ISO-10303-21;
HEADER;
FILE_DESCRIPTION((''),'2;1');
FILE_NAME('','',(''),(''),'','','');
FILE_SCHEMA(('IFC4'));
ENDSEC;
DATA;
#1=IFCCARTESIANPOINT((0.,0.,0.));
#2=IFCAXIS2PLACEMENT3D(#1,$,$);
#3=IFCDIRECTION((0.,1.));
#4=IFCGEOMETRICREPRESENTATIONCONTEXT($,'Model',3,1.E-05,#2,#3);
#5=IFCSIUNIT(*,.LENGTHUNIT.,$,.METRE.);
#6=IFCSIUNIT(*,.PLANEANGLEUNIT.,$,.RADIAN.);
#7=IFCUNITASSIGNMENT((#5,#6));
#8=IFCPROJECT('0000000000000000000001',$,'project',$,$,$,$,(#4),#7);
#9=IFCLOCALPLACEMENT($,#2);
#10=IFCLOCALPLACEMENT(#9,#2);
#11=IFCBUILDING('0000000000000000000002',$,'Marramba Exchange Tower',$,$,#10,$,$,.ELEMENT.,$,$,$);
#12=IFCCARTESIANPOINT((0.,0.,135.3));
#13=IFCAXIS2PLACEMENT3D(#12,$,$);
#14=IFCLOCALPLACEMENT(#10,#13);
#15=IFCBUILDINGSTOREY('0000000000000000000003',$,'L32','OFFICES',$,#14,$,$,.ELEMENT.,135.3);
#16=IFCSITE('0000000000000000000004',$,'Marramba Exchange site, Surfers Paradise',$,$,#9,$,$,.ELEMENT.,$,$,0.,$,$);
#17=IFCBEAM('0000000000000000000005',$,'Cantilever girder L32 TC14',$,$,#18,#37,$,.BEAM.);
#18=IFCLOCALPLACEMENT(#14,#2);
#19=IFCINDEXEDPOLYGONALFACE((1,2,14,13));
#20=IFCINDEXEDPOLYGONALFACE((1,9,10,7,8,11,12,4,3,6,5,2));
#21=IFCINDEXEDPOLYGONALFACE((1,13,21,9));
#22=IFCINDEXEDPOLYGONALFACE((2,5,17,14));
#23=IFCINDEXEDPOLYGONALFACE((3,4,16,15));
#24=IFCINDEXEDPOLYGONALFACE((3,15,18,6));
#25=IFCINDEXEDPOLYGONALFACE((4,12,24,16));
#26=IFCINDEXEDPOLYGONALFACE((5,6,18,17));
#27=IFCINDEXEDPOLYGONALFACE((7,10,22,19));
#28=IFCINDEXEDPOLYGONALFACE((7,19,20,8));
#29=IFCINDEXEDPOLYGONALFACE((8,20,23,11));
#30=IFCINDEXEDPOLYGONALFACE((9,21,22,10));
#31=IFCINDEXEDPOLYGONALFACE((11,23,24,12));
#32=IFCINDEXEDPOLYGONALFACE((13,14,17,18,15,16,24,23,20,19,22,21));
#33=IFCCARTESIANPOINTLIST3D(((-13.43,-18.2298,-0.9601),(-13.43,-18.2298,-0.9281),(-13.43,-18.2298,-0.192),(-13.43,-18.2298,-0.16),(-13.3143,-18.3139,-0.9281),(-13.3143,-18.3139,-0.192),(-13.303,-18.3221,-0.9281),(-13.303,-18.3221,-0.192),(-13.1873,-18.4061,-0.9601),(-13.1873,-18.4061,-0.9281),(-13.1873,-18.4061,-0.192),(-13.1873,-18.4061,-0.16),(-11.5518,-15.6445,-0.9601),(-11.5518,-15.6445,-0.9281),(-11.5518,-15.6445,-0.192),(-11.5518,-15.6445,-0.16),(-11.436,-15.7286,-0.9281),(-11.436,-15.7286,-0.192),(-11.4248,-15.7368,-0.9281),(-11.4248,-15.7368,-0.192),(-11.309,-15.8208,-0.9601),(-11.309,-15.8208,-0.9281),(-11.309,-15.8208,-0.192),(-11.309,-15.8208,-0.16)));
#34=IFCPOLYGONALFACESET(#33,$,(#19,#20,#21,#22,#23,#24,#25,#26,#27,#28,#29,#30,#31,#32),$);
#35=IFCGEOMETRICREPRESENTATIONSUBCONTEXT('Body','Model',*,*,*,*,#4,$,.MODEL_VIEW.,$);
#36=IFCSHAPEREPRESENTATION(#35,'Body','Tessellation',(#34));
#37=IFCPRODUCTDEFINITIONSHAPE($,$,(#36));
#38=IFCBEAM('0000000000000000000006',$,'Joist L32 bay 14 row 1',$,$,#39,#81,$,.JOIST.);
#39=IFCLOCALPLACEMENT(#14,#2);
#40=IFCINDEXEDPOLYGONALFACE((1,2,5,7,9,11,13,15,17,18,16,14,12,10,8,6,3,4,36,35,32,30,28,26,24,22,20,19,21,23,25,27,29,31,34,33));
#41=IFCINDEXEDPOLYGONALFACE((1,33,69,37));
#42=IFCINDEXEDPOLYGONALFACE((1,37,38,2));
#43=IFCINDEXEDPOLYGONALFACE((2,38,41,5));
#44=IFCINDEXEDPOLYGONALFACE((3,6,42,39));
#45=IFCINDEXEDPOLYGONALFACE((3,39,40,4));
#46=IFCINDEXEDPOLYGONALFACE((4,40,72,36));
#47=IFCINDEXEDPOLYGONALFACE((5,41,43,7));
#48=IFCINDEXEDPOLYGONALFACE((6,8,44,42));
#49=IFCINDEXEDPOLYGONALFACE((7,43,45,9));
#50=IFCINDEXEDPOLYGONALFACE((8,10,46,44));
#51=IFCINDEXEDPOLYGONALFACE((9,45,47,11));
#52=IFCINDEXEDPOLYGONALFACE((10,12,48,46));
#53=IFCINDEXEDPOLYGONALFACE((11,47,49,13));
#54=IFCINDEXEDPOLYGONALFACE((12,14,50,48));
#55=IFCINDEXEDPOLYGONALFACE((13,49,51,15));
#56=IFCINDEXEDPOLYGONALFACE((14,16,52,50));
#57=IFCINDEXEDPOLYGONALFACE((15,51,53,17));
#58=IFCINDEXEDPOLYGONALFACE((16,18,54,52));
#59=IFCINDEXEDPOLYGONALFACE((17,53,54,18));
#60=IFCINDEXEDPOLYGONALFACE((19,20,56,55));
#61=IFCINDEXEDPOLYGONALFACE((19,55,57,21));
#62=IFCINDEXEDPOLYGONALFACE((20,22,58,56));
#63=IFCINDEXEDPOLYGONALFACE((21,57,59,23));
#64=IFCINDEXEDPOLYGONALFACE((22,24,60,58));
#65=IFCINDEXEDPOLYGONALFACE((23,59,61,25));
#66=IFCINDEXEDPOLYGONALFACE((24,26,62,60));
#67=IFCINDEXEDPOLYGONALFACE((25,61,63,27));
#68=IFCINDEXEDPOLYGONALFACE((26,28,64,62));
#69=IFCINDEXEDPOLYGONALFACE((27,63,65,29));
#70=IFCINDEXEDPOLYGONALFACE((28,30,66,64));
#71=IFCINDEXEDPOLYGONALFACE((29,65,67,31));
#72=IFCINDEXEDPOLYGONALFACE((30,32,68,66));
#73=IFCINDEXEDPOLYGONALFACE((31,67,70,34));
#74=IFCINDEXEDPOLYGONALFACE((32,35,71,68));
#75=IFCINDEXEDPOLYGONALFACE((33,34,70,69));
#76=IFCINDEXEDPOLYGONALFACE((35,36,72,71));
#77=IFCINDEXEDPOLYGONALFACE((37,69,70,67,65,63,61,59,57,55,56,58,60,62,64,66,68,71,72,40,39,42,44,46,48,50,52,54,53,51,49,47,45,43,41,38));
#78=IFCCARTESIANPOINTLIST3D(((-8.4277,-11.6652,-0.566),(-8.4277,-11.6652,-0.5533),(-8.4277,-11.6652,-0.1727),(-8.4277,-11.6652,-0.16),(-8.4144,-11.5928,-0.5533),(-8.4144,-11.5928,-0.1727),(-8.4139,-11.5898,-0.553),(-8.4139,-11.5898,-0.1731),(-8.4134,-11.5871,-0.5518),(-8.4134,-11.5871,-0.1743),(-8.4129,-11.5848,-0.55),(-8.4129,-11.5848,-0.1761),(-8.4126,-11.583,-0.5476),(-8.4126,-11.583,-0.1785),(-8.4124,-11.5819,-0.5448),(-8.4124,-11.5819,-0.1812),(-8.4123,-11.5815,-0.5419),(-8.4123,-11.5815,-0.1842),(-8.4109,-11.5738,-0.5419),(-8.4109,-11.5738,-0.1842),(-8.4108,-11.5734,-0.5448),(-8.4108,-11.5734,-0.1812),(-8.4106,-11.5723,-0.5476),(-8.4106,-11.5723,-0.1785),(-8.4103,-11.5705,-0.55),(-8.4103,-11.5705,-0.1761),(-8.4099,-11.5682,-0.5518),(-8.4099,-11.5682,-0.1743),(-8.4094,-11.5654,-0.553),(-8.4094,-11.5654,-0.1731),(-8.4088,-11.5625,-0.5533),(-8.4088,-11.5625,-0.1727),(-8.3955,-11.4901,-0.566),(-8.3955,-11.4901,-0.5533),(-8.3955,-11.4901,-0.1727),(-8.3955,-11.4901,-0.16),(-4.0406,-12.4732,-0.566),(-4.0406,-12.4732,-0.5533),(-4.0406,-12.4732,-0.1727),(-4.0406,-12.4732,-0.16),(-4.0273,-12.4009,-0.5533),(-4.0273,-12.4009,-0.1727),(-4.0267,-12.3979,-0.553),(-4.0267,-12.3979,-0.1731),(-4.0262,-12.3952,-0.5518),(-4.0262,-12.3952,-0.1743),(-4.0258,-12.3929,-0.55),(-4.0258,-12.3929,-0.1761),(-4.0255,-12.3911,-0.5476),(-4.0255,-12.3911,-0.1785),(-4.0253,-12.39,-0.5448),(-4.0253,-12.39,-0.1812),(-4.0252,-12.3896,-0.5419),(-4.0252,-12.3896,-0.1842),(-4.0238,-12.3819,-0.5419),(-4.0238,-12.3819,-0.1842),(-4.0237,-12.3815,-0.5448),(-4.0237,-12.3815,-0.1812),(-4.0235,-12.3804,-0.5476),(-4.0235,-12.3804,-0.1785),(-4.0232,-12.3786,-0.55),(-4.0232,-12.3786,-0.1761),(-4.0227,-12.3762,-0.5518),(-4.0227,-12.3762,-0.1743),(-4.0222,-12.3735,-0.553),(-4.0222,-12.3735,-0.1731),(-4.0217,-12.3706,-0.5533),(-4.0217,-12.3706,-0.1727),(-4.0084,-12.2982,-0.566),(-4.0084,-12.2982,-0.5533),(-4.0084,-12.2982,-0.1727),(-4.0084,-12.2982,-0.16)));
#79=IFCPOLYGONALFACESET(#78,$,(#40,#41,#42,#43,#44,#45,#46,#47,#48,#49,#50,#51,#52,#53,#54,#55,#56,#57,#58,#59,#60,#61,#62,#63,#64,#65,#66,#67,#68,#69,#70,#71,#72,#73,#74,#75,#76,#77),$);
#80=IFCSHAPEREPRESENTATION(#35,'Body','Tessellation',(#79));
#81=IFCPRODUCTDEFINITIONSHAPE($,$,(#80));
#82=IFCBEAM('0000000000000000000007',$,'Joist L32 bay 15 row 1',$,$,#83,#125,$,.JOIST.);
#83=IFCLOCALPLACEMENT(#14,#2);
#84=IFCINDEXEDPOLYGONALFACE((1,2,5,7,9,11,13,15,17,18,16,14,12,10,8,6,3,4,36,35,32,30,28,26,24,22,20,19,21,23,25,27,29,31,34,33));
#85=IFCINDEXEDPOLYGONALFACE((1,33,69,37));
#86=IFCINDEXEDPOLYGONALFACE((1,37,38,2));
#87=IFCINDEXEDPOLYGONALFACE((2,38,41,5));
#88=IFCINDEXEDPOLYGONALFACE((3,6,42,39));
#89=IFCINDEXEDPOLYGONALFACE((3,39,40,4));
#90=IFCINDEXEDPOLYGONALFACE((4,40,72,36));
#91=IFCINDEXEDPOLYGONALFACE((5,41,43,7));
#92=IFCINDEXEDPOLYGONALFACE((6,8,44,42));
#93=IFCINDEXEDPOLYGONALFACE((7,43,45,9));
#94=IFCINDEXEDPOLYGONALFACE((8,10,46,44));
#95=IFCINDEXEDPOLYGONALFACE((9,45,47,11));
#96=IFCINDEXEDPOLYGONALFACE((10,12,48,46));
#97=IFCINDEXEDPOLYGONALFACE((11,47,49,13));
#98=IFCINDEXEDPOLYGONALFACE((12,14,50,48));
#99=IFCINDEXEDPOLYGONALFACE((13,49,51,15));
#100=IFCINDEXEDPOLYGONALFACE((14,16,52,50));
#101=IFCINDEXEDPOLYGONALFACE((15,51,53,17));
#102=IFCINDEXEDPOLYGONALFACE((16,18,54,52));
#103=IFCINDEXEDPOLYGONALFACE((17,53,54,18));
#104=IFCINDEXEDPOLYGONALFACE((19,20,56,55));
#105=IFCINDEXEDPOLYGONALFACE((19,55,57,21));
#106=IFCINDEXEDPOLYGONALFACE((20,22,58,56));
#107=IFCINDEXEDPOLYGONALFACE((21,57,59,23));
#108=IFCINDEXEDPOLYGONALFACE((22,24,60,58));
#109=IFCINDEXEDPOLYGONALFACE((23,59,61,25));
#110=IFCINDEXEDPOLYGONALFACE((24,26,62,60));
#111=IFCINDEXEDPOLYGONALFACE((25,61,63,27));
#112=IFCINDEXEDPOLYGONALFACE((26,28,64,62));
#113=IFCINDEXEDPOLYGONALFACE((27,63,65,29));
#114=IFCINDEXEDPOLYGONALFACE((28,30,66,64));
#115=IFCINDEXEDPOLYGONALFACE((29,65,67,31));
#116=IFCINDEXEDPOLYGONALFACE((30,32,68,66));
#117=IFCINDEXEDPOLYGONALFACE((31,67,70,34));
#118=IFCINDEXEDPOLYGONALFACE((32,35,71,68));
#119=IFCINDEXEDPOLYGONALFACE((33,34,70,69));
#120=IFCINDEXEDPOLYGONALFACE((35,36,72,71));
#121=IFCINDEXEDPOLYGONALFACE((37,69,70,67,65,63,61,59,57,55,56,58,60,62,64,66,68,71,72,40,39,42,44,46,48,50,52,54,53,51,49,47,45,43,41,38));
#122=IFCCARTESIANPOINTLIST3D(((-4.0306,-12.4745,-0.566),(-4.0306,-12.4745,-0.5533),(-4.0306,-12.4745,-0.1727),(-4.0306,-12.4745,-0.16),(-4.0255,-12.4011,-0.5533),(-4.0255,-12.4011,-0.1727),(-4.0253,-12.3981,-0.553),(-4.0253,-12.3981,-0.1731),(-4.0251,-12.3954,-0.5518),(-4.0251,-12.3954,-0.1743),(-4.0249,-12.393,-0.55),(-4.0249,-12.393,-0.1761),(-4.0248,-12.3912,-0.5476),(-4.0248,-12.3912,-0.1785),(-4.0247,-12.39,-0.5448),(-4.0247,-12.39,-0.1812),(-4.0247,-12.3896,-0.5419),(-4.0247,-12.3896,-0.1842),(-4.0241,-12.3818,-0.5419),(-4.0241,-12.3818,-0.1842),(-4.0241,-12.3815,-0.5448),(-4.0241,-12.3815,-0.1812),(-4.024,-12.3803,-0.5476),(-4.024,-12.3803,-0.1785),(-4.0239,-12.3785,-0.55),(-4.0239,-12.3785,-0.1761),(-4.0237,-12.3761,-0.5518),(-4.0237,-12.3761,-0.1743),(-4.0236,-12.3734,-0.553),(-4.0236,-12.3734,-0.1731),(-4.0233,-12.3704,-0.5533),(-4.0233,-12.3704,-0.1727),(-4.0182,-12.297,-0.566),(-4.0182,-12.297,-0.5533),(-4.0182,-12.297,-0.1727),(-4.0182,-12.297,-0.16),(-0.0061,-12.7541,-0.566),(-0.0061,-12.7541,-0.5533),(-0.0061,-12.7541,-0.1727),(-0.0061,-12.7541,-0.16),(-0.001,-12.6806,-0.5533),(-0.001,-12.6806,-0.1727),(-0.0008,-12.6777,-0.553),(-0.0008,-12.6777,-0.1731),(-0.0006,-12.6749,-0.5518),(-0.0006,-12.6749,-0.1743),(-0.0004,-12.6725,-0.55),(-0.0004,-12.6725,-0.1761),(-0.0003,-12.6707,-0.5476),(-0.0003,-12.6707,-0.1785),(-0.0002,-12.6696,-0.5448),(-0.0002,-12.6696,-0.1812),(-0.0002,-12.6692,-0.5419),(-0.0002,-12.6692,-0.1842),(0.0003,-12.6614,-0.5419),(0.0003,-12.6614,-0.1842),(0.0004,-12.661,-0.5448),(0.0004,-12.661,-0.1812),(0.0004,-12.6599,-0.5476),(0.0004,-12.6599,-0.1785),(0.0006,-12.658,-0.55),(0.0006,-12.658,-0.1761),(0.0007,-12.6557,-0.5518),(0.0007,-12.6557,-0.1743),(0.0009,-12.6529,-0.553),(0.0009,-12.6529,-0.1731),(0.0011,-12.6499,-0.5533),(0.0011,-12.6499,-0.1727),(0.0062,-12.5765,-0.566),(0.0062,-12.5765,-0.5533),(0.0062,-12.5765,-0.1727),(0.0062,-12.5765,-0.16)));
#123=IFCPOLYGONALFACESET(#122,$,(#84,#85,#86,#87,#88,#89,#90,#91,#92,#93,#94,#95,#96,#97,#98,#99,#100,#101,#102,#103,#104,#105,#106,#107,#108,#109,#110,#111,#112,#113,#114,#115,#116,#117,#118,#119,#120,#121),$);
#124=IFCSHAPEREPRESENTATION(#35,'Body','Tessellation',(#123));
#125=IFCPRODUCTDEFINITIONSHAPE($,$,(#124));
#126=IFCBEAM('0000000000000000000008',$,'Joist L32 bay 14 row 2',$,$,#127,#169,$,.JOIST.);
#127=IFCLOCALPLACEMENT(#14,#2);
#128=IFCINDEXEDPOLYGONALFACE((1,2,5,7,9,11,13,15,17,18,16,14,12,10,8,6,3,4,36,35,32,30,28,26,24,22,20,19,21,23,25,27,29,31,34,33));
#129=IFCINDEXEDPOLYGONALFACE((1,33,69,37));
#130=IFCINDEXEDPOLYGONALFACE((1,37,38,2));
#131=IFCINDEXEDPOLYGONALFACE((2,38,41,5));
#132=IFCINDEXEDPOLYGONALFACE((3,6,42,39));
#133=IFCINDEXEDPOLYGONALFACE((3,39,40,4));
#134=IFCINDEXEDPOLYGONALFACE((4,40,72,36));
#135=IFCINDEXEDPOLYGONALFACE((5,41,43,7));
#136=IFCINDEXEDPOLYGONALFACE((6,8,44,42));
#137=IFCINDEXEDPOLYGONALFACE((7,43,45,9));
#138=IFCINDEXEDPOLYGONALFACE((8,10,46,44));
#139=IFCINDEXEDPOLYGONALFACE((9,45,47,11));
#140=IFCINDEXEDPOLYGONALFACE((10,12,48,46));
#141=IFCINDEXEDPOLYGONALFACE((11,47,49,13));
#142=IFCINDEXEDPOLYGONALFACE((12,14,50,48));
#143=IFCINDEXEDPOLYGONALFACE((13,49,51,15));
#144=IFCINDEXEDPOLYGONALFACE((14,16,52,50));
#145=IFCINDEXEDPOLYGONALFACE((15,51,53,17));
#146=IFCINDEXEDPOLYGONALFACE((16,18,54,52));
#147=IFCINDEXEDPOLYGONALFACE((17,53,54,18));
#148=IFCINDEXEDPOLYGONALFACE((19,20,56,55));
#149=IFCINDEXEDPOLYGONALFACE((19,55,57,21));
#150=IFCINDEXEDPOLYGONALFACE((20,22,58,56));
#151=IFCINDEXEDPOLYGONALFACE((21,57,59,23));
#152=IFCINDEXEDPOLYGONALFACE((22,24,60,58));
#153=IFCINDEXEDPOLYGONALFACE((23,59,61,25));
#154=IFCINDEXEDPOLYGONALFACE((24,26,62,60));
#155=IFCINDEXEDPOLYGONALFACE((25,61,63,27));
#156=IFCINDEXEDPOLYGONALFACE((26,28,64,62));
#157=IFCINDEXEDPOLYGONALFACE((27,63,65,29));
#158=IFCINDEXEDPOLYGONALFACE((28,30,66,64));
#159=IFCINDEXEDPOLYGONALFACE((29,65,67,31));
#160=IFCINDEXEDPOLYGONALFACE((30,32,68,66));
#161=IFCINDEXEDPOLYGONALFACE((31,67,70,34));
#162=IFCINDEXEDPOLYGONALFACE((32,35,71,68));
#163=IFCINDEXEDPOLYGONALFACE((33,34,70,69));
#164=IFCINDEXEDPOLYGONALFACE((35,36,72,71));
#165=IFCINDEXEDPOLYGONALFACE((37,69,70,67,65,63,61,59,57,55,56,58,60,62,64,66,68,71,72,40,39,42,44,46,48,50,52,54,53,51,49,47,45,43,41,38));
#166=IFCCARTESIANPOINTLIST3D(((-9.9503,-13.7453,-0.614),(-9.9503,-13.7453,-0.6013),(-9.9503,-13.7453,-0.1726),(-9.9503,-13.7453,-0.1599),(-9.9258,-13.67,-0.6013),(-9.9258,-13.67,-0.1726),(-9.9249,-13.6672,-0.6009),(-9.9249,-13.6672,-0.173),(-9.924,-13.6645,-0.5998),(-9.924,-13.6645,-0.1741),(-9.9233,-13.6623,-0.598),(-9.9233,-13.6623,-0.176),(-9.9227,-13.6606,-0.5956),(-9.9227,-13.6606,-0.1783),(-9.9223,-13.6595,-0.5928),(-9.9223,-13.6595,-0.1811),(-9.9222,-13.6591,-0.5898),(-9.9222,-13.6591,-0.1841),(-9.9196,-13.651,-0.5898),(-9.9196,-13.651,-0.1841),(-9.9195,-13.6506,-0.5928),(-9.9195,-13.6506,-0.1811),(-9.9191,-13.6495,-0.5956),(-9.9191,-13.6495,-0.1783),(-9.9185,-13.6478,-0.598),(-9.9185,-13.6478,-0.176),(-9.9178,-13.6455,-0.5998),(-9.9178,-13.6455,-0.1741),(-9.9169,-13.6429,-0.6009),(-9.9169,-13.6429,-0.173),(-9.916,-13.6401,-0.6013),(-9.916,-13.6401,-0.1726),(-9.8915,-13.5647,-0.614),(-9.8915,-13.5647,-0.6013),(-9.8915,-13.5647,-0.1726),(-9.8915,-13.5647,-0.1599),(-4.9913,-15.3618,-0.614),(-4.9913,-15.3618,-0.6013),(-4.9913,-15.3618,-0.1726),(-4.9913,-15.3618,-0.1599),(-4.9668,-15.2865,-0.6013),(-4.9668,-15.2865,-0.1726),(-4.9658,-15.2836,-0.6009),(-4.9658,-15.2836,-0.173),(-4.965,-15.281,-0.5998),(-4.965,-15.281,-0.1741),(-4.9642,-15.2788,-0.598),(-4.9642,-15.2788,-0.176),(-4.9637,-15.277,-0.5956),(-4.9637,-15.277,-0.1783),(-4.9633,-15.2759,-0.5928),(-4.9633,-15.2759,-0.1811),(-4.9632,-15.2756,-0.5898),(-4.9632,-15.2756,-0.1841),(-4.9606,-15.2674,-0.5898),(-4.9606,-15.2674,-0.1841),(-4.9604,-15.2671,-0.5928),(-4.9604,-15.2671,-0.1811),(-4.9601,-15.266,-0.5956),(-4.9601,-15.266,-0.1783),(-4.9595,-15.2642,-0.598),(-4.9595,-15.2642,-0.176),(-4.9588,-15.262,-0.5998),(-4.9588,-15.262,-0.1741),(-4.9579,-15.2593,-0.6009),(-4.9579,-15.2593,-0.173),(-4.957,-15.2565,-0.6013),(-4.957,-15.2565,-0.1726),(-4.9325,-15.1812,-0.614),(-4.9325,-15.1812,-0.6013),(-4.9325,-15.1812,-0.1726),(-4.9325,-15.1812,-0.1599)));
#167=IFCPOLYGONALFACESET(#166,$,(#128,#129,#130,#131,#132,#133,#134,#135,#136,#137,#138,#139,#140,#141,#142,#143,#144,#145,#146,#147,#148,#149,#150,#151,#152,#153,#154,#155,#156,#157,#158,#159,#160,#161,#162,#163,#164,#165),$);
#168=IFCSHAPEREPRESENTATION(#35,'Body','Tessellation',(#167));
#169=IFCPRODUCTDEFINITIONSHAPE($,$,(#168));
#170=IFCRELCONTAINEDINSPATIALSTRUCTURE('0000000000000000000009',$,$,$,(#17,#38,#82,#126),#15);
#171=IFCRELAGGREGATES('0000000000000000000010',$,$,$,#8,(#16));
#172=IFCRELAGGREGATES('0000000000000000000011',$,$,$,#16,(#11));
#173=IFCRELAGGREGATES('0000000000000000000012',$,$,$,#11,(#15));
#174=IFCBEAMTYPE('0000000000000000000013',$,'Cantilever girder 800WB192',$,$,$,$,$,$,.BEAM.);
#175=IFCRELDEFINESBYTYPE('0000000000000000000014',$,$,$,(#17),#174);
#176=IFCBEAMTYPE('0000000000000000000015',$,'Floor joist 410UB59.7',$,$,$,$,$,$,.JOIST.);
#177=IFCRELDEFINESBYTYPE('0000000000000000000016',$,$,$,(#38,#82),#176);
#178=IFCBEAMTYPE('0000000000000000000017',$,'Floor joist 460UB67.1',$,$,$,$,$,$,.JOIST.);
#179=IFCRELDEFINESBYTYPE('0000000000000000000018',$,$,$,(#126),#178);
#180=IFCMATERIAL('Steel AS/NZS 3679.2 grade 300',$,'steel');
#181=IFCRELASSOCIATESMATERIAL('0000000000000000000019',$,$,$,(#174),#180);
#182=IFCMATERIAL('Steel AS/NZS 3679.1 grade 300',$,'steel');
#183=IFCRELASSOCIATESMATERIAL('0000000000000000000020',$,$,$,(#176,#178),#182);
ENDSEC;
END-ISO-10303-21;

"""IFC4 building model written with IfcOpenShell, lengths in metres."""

from ifc_helpers import new_model, si_unit, direction, frame, origin, origin_2d, place, context, subcontext, project, spatial, i_section, extrude, material, material_profile, profile_set, type_object, element, save


model = new_model("IFC4")

# Units and contexts
model_context = context("Model", 3, precision=1e-05, world=origin(), true_north=direction((0.0, 1.0)))
body_context = subcontext(model_context, "Body", "Model", "MODEL_VIEW")
ifc_project = project(units=[si_unit("LENGTHUNIT", "METRE"), si_unit("PLANEANGLEUNIT", "RADIAN")], contexts=[model_context])

# Site, building, storey
site_placement = place(None, origin())
site = spatial("IfcSite", under=ifc_project, at=site_placement, Name="Marramba Exchange site, Surfers Paradise", CompositionType="ELEMENT", RefElevation=0.0)
building_placement = place(site_placement, origin())
building = spatial("IfcBuilding", under=site, at=building_placement, Name="Marramba Exchange Tower", CompositionType="ELEMENT")
storey_placement = place(building_placement, frame((0.0, 0.0, 135.3)))
storey = spatial("IfcBuildingStorey", under=building, at=storey_placement, Name="L32", Description="OFFICES", CompositionType="ELEMENT", Elevation=135.3)

# Beams
ifc_material_1 = material(Name="Steel AS/NZS 3679.2 grade 300", Category="steel")
ifc_material_profile_1 = material_profile(ifc_material_1, i_section(OverallWidth=0.3, OverallDepth=0.8, WebThickness=0.0139, FlangeThickness=0.032, at=origin_2d()), Name="800WB192")
ifc_profile_set_1 = profile_set([ifc_material_profile_1], Name="Steel AS/NZS 3679.2 grade 300")
beam_type_1 = type_object("IfcBeamType", Name="Cantilever girder 800WB192", PredefinedType="BEAM", material=ifc_profile_set_1)
beam_1_placement = place(storey_placement, frame((-11.4304, -15.7327, -0.5601), z_axis=(-0.587767, -0.80903, 0.0), x_axis=(0.80903, -0.587767, 0.0)))
element("IfcBeam", 1, at=beam_1_placement, inside=storey, type_object=beam_type_1, Name="Cantilever girder L32 TC14", PredefinedType="BEAM", context=body_context, shape_type="SweptSolid", body=[
    extrude(i_section(OverallWidth=0.3, OverallDepth=0.8, WebThickness=0.0139, FlangeThickness=0.032, at=origin_2d()), origin(), (0.0, 0.0, 1.0), 3.1956),
])
ifc_material_2 = material(Name="Steel AS/NZS 3679.1 grade 300", Category="steel")
ifc_material_profile_2 = material_profile(ifc_material_2, i_section(OverallWidth=0.178, OverallDepth=0.406, WebThickness=0.0078, FlangeThickness=0.0127, FilletRadius=0.0115, at=origin_2d()), Name="410UB59.7")
ifc_profile_set_2 = profile_set([ifc_material_profile_2], Name="Steel AS/NZS 3679.1 grade 300")
beam_type_2 = type_object("IfcBeamType", Name="Floor joist 410UB59.7", PredefinedType="JOIST", material=ifc_profile_set_2)
beam_2_placement = place(storey_placement, frame((-8.4116, -11.5776, -0.363), z_axis=(0.983456, -0.181149, 0.0), x_axis=(0.181149, 0.983456, 0.0)))
element("IfcBeam", 2, at=beam_2_placement, inside=storey, type_object=beam_type_2, Name="Joist L32 bay 14 row 1", PredefinedType="JOIST", context=body_context, shape_type="SweptSolid", body=[
    extrude(i_section(OverallWidth=0.178, OverallDepth=0.406, WebThickness=0.0078, FlangeThickness=0.0127, FilletRadius=0.0115, at=origin_2d()), origin(), (0.0, 0.0, 1.0), 4.4609),
])
beam_3_placement = place(storey_placement, frame((-4.0244, -12.3857, -0.363), z_axis=(0.997596, -0.069294, 0.0), x_axis=(0.069294, 0.997596, 0.0)))
element("IfcBeam", 3, at=beam_3_placement, inside=storey, type_object=beam_type_2, Name="Joist L32 bay 15 row 1", PredefinedType="JOIST", context=body_context, shape_type="SweptSolid", body=[
    extrude(i_section(OverallWidth=0.178, OverallDepth=0.406, WebThickness=0.0078, FlangeThickness=0.0127, FilletRadius=0.0115, at=origin_2d()), origin(), (0.0, 0.0, 1.0), 4.0342),
])
ifc_material_profile_3 = material_profile(ifc_material_2, i_section(OverallWidth=0.1899, OverallDepth=0.4541, WebThickness=0.0085, FlangeThickness=0.0127, FilletRadius=0.0115, at=origin_2d()), Name="460UB67.1")
ifc_profile_set_3 = profile_set([ifc_material_profile_3], Name="Steel AS/NZS 3679.1 grade 300")
beam_type_3 = type_object("IfcBeamType", Name="Floor joist 460UB67.1", PredefinedType="JOIST", material=ifc_profile_set_3)
beam_4_placement = place(storey_placement, frame((-9.9209, -13.655, -0.387), z_axis=(0.950764, -0.309916, 0.0), x_axis=(0.309916, 0.950764, 0.0)))
element("IfcBeam", 4, at=beam_4_placement, inside=storey, type_object=beam_type_3, Name="Joist L32 bay 14 row 2", PredefinedType="JOIST", context=body_context, shape_type="SweptSolid", body=[
    extrude(i_section(OverallWidth=0.1899, OverallDepth=0.4541, WebThickness=0.0085, FlangeThickness=0.0127, FilletRadius=0.0115, at=origin_2d()), origin(), (0.0, 0.0, 1.0), 5.2158),
])

save(model, "model.ifc")
